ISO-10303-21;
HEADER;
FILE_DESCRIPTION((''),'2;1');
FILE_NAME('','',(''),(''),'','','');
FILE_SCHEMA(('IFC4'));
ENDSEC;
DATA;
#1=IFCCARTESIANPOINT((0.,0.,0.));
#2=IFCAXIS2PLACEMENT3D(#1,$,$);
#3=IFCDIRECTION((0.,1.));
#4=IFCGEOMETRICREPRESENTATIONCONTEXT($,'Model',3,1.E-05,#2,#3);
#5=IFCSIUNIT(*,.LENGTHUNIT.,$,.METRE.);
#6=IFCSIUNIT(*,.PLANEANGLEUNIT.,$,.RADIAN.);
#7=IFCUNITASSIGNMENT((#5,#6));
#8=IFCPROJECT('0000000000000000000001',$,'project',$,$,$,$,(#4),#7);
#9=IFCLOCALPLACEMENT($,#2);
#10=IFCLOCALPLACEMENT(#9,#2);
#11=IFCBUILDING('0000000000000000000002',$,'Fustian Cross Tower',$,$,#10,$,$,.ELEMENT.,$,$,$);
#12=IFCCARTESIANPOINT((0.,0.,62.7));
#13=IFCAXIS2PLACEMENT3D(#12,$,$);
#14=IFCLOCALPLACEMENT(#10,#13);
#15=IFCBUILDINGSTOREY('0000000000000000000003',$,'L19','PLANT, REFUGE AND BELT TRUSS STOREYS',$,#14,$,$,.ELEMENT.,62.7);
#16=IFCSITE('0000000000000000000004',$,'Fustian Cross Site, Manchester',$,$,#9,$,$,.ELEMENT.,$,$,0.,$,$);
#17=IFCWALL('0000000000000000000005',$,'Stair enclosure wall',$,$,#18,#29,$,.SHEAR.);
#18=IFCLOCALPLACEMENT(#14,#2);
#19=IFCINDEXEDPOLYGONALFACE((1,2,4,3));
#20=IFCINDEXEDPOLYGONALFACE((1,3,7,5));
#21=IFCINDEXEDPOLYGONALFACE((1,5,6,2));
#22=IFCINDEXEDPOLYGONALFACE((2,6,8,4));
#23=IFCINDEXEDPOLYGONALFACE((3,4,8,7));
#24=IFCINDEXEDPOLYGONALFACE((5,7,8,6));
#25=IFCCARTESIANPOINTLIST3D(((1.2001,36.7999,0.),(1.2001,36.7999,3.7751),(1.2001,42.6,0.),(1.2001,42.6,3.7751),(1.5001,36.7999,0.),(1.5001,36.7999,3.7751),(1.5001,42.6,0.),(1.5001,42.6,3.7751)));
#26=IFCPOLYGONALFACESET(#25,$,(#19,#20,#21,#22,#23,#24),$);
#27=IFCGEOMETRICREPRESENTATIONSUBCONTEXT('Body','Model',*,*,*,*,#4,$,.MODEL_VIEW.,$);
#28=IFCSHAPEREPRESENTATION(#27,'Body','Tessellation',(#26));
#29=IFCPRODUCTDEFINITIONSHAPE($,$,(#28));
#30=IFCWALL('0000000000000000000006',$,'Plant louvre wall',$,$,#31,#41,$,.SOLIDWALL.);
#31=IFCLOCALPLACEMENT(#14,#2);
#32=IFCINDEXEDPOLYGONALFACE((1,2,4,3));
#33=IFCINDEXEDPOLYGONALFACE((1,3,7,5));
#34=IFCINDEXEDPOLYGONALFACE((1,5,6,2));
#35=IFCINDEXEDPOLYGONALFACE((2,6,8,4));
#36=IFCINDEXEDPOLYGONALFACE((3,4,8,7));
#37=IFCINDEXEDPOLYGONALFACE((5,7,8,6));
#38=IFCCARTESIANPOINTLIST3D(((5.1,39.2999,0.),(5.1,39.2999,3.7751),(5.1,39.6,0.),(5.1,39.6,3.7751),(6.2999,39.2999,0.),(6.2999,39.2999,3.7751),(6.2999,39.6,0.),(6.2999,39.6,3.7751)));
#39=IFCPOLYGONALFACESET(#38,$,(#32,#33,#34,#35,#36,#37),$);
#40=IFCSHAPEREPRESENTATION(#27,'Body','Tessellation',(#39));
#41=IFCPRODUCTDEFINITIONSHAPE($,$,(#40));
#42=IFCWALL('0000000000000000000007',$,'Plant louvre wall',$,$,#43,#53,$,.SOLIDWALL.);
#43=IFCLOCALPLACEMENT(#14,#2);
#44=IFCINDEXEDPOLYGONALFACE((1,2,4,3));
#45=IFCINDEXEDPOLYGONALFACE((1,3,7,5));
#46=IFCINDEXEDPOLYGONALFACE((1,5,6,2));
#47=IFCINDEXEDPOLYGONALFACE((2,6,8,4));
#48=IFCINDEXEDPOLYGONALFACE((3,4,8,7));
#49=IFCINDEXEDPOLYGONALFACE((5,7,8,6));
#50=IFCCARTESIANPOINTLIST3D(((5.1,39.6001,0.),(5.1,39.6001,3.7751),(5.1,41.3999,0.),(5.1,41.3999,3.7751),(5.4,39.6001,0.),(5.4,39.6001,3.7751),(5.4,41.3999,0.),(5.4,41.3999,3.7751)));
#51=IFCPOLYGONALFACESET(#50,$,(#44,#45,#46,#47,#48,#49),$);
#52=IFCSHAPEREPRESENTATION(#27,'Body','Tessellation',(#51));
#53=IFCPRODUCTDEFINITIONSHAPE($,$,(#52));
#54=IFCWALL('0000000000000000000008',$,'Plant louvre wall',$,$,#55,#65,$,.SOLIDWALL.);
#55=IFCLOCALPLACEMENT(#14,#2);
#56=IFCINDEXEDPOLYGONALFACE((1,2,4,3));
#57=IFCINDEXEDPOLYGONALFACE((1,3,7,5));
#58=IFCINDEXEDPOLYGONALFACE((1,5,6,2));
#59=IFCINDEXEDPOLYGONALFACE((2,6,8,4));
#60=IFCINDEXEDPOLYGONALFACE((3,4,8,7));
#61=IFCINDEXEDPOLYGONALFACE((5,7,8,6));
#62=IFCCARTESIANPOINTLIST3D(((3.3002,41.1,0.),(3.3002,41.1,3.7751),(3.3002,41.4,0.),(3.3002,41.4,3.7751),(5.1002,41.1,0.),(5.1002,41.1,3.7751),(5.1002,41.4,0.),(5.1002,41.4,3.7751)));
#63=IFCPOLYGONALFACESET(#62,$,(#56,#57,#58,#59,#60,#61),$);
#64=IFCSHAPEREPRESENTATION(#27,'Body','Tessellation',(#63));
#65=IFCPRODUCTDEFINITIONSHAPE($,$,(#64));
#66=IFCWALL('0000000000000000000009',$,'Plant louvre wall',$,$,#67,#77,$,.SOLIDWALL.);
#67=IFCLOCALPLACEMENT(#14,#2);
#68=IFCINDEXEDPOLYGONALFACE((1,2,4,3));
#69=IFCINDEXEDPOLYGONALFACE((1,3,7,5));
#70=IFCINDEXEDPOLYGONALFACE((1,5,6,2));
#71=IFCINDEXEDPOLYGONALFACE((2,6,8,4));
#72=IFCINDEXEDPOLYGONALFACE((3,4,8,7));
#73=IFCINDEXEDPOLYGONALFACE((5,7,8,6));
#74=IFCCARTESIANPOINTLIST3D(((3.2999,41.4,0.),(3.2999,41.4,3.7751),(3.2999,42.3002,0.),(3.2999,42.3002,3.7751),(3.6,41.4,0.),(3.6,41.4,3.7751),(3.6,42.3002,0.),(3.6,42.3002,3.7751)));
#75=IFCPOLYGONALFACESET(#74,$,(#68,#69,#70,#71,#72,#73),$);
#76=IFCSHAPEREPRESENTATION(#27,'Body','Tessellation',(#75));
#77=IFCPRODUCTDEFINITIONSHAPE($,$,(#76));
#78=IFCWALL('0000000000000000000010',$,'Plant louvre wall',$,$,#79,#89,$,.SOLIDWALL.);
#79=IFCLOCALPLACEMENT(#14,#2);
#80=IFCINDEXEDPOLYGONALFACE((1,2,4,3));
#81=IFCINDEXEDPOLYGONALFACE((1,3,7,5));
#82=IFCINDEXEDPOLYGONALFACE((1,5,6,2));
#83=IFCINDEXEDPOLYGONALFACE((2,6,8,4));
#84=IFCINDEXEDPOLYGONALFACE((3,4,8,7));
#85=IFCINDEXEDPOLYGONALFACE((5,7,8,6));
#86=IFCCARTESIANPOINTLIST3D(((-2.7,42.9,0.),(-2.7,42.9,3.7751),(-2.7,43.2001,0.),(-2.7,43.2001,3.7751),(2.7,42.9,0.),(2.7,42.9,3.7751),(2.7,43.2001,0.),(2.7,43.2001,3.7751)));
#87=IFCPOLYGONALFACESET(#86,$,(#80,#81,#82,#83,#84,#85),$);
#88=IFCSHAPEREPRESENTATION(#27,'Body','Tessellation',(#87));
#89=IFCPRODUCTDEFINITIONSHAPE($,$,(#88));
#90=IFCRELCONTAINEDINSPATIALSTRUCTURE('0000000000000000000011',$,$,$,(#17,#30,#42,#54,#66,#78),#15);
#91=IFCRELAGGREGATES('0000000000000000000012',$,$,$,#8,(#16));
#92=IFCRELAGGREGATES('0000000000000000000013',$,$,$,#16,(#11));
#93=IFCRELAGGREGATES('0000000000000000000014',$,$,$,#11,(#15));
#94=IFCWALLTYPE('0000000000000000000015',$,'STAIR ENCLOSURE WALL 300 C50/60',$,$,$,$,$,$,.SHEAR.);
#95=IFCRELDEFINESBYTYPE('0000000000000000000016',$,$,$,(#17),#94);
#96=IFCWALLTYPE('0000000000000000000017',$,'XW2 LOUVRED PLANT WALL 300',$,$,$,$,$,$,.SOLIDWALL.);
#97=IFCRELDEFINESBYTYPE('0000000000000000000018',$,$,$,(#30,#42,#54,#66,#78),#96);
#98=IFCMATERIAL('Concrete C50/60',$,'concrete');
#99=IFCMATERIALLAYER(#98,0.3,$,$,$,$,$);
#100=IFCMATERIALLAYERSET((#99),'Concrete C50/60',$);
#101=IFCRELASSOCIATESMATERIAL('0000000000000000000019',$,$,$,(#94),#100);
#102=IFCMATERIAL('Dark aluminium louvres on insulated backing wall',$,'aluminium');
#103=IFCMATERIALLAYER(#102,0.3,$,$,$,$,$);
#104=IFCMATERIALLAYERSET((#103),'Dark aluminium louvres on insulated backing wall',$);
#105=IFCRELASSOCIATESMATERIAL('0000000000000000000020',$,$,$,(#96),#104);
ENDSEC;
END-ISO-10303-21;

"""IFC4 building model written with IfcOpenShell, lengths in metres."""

from ifc_helpers import new_model, si_unit, direction, frame, frame_2d, origin, place, context, subcontext, project, spatial, rectangle, extrude, material, layer, layer_set, type_object, element, save


model = new_model("IFC4")

# Units and contexts
model_context = context("Model", 3, precision=1e-05, world=origin(), true_north=direction((0.0, 1.0)))
body_context = subcontext(model_context, "Body", "Model", "MODEL_VIEW")
ifc_project = project(units=[si_unit("LENGTHUNIT", "METRE"), si_unit("PLANEANGLEUNIT", "RADIAN")], contexts=[model_context])

# Site, building, storey
site_placement = place(None, origin())
site = spatial("IfcSite", under=ifc_project, at=site_placement, Name="Fustian Cross Site, Manchester", CompositionType="ELEMENT", RefElevation=0.0)
building_placement = place(site_placement, origin())
building = spatial("IfcBuilding", under=site, at=building_placement, Name="Fustian Cross Tower", CompositionType="ELEMENT")
storey_placement = place(building_placement, frame((0.0, 0.0, 62.7)))
storey = spatial("IfcBuildingStorey", under=building, at=storey_placement, Name="L19", Description="PLANT, REFUGE AND BELT TRUSS STOREYS", CompositionType="ELEMENT", Elevation=62.7)

# Walls
ifc_material_1 = material(Name="Concrete C50/60", Category="concrete")
ifc_layer_1 = layer(ifc_material_1, 0.3)
ifc_layer_set_1 = layer_set([ifc_layer_1], Name="Concrete C50/60")
wall_type_1 = type_object("IfcWallType", Name="STAIR ENCLOSURE WALL 300 C50/60", PredefinedType="SHEAR", material=ifc_layer_set_1)
wall_1_placement = place(storey_placement, frame((1.3501, 36.8, 0.0), z_axis=(0.0, 0.0, 1.0), x_axis=(0.0, 1.0, 0.0)))
element("IfcWall", 1, at=wall_1_placement, inside=storey, type_object=wall_type_1, Name="Stair enclosure wall", PredefinedType="SHEAR", context=body_context, shape_type="SweptSolid", body=[
    extrude(rectangle(XDim=5.8, YDim=0.3, at=frame_2d((2.8999, 0.0))), origin(), (0.0, 0.0, 1.0), 3.7751),
])
ifc_material_2 = material(Name="Dark aluminium louvres on insulated backing wall", Category="aluminium")
ifc_layer_2 = layer(ifc_material_2, 0.3)
ifc_layer_set_2 = layer_set([ifc_layer_2], Name="Dark aluminium louvres on insulated backing wall")
wall_type_2 = type_object("IfcWallType", Name="XW2 LOUVRED PLANT WALL 300", PredefinedType="SOLIDWALL", material=ifc_layer_set_2)
wall_2_placement = place(storey_placement, frame((6.3, 39.45, 0.0), z_axis=(0.0, 0.0, 1.0), x_axis=(-1.0, 0.0, 0.0)))
element("IfcWall", 2, at=wall_2_placement, inside=storey, type_object=wall_type_2, Name="Plant louvre wall", PredefinedType="SOLIDWALL", context=body_context, shape_type="SweptSolid", body=[
    extrude(rectangle(XDim=1.2, YDim=0.3, at=frame_2d((0.6001, 0.0))), origin(), (0.0, 0.0, 1.0), 3.7751),
])
wall_3_placement = place(storey_placement, frame((5.25, 39.6001, 0.0), z_axis=(0.0, 0.0, 1.0), x_axis=(0.0, 1.0, 0.0)))
element("IfcWall", 3, at=wall_3_placement, inside=storey, type_object=wall_type_2, Name="Plant louvre wall", PredefinedType="SOLIDWALL", context=body_context, shape_type="SweptSolid", body=[
    extrude(rectangle(XDim=1.7998, YDim=0.3, at=frame_2d((0.8999, 0.0))), origin(), (0.0, 0.0, 1.0), 3.7751),
])
wall_4_placement = place(storey_placement, frame((5.1001, 41.25, 0.0), z_axis=(0.0, 0.0, 1.0), x_axis=(-1.0, 0.0, 0.0)))
element("IfcWall", 4, at=wall_4_placement, inside=storey, type_object=wall_type_2, Name="Plant louvre wall", PredefinedType="SOLIDWALL", context=body_context, shape_type="SweptSolid", body=[
    extrude(rectangle(XDim=1.8, YDim=0.3, at=frame_2d((0.8999, 0.0))), origin(), (0.0, 0.0, 1.0), 3.7751),
])
wall_5_placement = place(storey_placement, frame((3.45, 41.3999, 0.0), z_axis=(0.0, 0.0, 1.0), x_axis=(0.0, 1.0, 0.0)))
element("IfcWall", 5, at=wall_5_placement, inside=storey, type_object=wall_type_2, Name="Plant louvre wall", PredefinedType="SOLIDWALL", context=body_context, shape_type="SweptSolid", body=[
    extrude(rectangle(XDim=0.9001, YDim=0.3, at=frame_2d((0.4502, 0.0))), origin(), (0.0, 0.0, 1.0), 3.7751),
])
wall_6_placement = place(storey_placement, frame((2.7, 43.05, 0.0), z_axis=(0.0, 0.0, 1.0), x_axis=(-1.0, 0.0, 0.0)))
element("IfcWall", 6, at=wall_6_placement, inside=storey, type_object=wall_type_2, Name="Plant louvre wall", PredefinedType="SOLIDWALL", context=body_context, shape_type="SweptSolid", body=[
    extrude(rectangle(XDim=5.3999, YDim=0.3, at=frame_2d((2.7, 0.0))), origin(), (0.0, 0.0, 1.0), 3.7751),
])

save(model, "model.ifc")
